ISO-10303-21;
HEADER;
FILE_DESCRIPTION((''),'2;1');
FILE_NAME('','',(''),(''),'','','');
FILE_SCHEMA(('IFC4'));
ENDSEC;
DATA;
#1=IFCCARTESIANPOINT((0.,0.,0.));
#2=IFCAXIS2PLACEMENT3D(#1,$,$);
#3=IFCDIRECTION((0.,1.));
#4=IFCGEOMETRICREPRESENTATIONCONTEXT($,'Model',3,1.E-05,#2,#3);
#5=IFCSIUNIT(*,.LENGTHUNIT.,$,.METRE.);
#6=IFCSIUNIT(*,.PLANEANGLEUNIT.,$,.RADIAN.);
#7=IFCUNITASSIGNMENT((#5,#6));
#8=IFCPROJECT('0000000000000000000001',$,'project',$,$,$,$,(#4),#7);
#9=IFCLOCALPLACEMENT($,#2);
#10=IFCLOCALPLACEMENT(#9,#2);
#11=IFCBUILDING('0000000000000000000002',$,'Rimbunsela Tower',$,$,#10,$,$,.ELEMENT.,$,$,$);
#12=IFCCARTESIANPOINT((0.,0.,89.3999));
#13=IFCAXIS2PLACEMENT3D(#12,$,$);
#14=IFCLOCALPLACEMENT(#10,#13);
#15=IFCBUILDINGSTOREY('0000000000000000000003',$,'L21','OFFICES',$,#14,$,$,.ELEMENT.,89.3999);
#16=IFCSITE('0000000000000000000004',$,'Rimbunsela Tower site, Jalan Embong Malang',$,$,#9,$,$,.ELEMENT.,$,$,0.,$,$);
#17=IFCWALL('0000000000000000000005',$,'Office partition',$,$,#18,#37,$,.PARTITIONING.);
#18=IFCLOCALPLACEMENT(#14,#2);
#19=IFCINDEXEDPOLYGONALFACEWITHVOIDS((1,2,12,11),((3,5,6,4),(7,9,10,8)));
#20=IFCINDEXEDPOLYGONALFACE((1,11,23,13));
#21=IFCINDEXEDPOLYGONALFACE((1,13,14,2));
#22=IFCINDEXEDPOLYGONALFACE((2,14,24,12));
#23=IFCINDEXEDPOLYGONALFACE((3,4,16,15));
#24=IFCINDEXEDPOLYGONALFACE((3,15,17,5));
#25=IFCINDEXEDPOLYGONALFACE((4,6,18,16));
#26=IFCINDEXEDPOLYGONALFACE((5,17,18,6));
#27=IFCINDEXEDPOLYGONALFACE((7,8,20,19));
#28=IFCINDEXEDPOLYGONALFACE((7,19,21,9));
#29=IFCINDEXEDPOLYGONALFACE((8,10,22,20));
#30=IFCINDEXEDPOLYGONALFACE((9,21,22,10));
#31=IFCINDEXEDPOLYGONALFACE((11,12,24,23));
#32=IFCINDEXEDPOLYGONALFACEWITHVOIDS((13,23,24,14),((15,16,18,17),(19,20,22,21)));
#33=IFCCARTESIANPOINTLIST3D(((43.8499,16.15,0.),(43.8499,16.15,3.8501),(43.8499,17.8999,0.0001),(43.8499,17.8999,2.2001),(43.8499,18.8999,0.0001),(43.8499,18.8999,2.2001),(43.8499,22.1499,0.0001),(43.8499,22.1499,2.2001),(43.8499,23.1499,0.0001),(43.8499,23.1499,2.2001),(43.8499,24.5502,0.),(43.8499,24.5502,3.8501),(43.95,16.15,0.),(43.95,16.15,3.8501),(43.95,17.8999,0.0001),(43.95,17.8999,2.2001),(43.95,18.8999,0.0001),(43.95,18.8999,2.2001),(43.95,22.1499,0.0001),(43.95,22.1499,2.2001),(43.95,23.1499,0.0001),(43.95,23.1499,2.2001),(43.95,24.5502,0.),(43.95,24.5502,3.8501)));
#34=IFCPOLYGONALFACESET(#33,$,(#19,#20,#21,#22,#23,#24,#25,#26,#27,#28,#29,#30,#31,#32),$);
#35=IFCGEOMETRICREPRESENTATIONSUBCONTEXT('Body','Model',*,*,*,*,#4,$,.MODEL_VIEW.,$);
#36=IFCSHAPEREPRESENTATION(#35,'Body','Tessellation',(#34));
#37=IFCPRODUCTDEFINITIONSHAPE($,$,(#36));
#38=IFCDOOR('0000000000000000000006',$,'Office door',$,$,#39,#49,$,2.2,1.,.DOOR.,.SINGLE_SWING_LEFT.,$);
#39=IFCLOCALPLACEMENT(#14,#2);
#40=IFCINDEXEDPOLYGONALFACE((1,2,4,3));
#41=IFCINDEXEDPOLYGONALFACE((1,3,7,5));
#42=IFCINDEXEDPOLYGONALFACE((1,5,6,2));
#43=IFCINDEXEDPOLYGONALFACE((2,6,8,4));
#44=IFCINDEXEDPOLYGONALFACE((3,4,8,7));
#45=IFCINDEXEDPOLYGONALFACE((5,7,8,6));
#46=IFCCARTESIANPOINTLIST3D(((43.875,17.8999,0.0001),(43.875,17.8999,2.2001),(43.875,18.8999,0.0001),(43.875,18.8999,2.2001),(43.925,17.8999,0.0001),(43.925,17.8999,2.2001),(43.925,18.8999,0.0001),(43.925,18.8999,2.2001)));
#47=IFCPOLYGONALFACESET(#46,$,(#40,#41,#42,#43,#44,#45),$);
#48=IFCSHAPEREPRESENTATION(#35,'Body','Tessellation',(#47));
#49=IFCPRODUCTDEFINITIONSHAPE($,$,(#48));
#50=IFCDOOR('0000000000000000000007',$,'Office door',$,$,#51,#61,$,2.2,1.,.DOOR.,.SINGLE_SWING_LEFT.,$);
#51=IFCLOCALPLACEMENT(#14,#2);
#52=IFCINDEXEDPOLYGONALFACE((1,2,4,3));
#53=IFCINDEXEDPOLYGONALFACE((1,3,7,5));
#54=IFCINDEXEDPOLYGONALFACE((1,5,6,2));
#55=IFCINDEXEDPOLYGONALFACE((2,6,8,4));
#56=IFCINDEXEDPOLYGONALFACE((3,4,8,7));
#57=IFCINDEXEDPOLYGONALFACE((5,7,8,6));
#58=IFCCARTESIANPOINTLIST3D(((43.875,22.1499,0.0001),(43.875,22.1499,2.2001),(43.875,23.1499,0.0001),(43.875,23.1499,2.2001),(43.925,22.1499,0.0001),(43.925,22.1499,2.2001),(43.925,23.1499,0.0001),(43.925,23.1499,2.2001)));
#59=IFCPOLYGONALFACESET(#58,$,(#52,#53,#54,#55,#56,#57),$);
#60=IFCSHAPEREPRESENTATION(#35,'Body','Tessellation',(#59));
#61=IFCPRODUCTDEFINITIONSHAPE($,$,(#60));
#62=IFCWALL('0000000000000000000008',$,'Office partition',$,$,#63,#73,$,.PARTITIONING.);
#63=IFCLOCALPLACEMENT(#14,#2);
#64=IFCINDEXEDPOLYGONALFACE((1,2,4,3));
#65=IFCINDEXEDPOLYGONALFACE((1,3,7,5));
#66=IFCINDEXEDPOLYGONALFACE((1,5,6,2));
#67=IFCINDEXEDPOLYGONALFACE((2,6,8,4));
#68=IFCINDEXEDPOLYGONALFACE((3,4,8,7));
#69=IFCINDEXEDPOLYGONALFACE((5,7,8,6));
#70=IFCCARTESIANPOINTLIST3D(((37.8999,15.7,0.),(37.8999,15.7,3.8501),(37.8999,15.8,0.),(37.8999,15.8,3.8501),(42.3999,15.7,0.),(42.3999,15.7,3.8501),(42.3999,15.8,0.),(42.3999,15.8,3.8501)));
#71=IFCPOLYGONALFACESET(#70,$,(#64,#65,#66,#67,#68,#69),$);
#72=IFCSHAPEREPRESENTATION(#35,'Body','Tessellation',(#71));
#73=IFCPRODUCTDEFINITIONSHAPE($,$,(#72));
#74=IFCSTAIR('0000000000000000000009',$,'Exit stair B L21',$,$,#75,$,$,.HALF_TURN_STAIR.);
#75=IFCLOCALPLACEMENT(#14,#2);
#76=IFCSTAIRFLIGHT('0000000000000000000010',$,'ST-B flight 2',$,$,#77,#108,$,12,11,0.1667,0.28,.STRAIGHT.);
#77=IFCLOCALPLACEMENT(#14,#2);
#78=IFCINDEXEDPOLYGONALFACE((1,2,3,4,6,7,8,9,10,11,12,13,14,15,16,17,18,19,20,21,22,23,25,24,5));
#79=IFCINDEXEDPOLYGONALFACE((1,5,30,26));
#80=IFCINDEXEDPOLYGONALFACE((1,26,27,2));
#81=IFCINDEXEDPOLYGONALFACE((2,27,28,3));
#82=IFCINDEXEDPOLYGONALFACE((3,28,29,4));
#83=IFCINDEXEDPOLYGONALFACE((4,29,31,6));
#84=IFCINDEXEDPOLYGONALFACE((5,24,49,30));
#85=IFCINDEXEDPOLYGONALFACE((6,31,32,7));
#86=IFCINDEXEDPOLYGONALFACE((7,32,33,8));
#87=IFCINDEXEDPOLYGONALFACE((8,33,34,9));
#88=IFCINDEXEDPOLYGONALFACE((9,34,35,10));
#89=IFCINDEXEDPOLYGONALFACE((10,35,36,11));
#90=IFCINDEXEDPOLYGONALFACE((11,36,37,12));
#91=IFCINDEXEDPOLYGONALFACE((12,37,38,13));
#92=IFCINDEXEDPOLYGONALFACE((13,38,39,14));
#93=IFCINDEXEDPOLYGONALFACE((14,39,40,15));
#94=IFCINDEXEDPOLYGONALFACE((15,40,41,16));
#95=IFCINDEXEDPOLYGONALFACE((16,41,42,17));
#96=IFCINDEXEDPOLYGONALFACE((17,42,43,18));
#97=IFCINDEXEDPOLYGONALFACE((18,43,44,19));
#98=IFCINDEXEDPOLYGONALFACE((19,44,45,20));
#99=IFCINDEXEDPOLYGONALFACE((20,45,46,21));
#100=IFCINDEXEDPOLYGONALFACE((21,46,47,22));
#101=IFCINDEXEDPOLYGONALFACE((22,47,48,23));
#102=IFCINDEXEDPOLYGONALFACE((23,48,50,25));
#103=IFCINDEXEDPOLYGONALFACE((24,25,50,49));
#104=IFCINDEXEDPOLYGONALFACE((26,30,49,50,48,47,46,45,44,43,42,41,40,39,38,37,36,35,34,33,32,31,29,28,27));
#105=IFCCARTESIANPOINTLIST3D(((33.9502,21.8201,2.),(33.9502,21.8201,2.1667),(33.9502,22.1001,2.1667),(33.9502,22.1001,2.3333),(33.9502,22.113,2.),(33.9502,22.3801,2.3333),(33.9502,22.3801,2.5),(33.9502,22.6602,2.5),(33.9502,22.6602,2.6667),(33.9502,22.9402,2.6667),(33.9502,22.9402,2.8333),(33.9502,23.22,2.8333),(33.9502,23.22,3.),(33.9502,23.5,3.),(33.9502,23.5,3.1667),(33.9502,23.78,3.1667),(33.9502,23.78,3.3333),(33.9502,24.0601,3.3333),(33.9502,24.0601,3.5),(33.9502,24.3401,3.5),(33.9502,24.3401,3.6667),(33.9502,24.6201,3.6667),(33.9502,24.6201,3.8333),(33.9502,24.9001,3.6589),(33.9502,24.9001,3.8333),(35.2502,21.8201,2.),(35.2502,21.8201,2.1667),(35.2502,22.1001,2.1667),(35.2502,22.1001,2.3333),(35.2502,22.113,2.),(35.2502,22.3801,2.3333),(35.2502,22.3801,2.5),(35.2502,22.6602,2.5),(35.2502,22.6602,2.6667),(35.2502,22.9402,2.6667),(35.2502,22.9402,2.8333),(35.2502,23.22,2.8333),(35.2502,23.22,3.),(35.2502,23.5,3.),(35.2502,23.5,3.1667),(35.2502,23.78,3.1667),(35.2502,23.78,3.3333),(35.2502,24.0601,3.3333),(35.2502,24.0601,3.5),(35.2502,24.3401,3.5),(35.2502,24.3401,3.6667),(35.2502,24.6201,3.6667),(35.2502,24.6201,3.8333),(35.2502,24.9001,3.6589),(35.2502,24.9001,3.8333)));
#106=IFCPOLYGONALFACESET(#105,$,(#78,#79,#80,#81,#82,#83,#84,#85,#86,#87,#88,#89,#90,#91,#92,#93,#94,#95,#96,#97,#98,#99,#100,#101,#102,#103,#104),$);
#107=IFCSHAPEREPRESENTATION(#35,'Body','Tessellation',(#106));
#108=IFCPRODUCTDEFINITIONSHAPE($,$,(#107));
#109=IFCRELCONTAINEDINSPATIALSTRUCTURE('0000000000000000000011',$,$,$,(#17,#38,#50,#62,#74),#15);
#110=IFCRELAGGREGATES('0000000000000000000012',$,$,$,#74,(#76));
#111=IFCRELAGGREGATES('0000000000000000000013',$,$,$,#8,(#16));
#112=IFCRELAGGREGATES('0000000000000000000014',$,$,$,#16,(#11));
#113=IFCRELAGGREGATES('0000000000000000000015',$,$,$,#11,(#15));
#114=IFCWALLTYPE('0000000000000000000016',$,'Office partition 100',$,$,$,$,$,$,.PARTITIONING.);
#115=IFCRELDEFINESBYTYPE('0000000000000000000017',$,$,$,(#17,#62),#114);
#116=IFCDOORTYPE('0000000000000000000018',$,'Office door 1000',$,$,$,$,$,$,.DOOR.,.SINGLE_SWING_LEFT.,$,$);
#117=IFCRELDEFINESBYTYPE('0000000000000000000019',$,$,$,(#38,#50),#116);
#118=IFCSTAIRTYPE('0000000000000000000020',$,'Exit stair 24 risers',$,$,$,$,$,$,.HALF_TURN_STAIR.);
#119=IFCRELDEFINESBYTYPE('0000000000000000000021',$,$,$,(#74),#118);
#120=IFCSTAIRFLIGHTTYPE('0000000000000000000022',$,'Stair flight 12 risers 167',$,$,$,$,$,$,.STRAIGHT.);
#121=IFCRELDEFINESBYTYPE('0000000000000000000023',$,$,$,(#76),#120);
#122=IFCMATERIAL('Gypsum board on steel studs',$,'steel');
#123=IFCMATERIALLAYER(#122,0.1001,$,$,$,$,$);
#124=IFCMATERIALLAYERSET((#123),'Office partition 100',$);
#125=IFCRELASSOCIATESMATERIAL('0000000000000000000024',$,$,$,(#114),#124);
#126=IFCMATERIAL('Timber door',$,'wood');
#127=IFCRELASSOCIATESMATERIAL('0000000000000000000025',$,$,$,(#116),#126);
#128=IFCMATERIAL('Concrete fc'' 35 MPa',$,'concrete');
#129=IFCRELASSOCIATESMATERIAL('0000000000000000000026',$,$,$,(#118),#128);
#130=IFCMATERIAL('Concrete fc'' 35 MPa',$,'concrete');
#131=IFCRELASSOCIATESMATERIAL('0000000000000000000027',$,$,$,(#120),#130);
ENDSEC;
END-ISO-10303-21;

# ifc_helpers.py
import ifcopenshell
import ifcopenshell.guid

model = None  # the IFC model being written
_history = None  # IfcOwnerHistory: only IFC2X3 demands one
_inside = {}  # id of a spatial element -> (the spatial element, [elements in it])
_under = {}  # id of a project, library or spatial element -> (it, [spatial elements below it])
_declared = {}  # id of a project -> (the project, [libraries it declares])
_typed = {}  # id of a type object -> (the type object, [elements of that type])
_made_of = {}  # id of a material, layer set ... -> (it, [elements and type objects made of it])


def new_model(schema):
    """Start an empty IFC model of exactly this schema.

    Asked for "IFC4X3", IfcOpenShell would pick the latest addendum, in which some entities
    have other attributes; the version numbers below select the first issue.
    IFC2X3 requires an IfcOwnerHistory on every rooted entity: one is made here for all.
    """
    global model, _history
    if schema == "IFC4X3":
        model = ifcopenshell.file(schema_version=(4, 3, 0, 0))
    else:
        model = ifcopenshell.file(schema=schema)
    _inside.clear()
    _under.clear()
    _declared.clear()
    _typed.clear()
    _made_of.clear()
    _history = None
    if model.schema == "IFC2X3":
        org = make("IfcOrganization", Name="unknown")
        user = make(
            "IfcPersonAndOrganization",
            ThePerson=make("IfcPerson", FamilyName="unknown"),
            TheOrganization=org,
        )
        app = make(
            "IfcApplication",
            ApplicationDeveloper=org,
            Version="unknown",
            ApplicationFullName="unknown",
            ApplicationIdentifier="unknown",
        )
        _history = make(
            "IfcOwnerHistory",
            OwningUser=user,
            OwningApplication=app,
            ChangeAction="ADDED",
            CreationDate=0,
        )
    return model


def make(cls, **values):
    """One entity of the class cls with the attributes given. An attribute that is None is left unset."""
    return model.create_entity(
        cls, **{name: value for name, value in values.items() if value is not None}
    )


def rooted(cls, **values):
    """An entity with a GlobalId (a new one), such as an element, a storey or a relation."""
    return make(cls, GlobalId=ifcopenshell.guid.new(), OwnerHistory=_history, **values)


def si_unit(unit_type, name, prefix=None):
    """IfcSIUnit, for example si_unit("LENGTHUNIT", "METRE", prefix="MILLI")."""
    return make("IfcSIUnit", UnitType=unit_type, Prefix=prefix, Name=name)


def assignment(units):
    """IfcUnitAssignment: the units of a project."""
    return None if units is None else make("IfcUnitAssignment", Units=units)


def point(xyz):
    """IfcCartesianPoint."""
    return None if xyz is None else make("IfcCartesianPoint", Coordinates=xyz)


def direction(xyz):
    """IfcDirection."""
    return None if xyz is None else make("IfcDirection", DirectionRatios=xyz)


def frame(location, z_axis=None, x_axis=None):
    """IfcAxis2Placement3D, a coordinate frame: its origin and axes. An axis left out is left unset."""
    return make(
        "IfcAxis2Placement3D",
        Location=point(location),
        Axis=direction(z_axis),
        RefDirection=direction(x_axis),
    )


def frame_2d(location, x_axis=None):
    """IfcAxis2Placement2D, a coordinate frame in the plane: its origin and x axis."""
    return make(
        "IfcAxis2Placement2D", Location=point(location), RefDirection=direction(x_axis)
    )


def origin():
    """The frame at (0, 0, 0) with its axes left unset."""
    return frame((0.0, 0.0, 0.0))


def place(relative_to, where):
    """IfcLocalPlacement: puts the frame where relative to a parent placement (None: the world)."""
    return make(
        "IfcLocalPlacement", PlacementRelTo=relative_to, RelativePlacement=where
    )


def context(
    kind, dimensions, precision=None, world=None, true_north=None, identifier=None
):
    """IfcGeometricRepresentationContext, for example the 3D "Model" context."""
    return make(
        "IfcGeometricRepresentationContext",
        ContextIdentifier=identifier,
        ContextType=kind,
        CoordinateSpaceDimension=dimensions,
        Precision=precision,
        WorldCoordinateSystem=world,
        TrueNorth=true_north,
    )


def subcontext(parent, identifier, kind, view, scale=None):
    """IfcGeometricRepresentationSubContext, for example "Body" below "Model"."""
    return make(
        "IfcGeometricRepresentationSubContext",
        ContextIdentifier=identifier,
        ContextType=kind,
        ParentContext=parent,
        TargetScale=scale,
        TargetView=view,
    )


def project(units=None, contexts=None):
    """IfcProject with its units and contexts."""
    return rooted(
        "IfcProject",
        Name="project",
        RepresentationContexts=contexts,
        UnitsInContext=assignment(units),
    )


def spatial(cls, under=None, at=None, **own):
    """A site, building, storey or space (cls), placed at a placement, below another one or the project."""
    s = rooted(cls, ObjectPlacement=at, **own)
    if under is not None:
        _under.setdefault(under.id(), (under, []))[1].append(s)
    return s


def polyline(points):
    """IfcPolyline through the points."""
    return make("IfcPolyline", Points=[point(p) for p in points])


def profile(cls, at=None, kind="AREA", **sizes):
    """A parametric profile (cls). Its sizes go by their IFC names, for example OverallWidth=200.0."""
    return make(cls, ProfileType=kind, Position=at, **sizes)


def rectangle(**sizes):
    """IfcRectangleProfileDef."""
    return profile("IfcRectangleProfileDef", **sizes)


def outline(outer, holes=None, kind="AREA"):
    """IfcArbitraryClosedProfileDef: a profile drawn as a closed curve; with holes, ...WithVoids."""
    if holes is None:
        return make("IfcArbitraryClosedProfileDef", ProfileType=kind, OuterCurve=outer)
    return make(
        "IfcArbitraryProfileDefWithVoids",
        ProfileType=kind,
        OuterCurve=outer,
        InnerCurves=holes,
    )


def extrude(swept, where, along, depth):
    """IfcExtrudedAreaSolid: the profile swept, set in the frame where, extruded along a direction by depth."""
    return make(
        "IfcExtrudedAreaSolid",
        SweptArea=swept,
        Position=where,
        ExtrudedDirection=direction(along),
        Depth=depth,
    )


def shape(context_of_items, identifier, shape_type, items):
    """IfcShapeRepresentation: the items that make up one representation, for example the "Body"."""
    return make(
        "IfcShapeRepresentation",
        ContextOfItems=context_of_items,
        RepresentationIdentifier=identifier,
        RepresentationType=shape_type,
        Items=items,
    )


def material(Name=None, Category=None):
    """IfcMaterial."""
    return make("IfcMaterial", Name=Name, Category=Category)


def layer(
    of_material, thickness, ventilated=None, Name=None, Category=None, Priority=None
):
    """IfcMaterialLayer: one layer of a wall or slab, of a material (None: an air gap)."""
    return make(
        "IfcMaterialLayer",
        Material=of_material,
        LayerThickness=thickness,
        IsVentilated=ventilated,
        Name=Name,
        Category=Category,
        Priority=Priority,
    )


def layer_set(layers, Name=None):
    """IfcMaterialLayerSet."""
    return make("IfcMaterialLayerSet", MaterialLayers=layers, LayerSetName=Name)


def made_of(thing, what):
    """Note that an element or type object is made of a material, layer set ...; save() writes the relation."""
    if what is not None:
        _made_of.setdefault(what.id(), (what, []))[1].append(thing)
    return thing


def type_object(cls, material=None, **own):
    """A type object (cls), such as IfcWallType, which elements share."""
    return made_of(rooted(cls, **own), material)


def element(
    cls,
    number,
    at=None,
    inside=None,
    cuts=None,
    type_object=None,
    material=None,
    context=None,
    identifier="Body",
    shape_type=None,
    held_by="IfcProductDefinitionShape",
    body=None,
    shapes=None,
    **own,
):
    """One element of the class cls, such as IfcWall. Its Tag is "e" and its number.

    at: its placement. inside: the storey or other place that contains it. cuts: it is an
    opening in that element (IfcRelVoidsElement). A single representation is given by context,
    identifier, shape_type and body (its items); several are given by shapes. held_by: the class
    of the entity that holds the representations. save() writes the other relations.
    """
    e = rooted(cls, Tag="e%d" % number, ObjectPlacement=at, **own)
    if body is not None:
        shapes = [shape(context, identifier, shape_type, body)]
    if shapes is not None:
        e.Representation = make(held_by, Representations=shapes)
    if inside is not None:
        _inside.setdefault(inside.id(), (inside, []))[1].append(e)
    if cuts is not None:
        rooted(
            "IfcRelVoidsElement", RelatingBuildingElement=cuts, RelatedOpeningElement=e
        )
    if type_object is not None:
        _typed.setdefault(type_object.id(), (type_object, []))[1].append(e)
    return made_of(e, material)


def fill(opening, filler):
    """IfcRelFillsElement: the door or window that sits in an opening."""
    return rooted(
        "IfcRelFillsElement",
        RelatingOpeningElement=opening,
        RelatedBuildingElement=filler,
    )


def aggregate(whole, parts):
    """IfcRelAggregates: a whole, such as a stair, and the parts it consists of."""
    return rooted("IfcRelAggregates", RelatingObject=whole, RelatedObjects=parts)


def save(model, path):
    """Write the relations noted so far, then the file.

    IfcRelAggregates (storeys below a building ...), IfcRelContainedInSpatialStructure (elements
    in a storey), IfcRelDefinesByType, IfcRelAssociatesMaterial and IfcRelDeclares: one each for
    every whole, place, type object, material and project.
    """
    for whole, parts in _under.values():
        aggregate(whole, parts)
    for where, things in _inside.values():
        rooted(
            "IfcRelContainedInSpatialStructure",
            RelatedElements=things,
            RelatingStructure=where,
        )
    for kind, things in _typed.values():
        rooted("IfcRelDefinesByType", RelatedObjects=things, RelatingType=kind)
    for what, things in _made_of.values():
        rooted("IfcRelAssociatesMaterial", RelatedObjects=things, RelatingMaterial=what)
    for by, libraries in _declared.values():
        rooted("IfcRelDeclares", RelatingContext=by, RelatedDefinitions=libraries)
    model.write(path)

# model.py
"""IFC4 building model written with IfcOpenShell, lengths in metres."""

from ifc_helpers import new_model, si_unit, direction, frame, frame_2d, origin, place, context, subcontext, project, spatial, polyline, rectangle, outline, extrude, material, layer, layer_set, type_object, element, fill, aggregate, save


model = new_model("IFC4")

# Units and contexts
model_context = context("Model", 3, precision=1e-05, world=origin(), true_north=direction((0.0, 1.0)))
body_context = subcontext(model_context, "Body", "Model", "MODEL_VIEW")
ifc_project = project(units=[si_unit("LENGTHUNIT", "METRE"), si_unit("PLANEANGLEUNIT", "RADIAN")], contexts=[model_context])

# Site, building, storey
site_placement = place(None, origin())
site = spatial("IfcSite", under=ifc_project, at=site_placement, Name="Rimbunsela Tower site, Jalan Embong Malang", CompositionType="ELEMENT", RefElevation=0.0)
building_placement = place(site_placement, origin())
building = spatial("IfcBuilding", under=site, at=building_placement, Name="Rimbunsela Tower", CompositionType="ELEMENT")
storey_placement = place(building_placement, frame((0.0, 0.0, 89.3999)))
storey = spatial("IfcBuildingStorey", under=building, at=storey_placement, Name="L21", Description="OFFICES", CompositionType="ELEMENT", Elevation=89.3999)

# Shared definitions
ifc_material_1 = material(Name="Gypsum board on steel studs", Category="steel")
ifc_layer_1 = layer(ifc_material_1, 0.1001)
ifc_layer_set_1 = layer_set([ifc_layer_1], Name="Office partition 100")
wall_type_1 = type_object("IfcWallType", Name="Office partition 100", PredefinedType="PARTITIONING", material=ifc_layer_set_1)

# Wall, openings, doors
wall_1_placement = place(storey_placement, frame((43.8999, 16.1499, 0.0), z_axis=(0.0, 0.0, 1.0), x_axis=(0.0, 1.0, 0.0)))
wall_1 = element("IfcWall", 1, at=wall_1_placement, inside=storey, type_object=wall_type_1, Name="Office partition", PredefinedType="PARTITIONING", context=body_context, shape_type="SweptSolid", body=[
    extrude(rectangle(XDim=8.4001, YDim=0.1001, at=frame_2d((4.2002, 0.0))), origin(), (0.0, 0.0, 1.0), 3.8501),
])
opening_1_placement = place(wall_1_placement, frame((1.75, 0.0, 0.0)))
opening_1 = element("IfcOpeningElement", 2, at=opening_1_placement, cuts=wall_1, PredefinedType="OPENING", context=body_context, shape_type="SweptSolid", body=[
    extrude(rectangle(XDim=1.0, YDim=2.2, at=frame_2d((0.5, 1.1001))), frame((0.0, 0.0601, 0.0), z_axis=(0.0, -1.0, 0.0), x_axis=(1.0, 0.0, 0.0)), (0.0, 0.0, 1.0), 0.1201),
])
opening_2_placement = place(wall_1_placement, frame((6.0, 0.0, 0.0)))
opening_2 = element("IfcOpeningElement", 3, at=opening_2_placement, cuts=wall_1, PredefinedType="OPENING", context=body_context, shape_type="SweptSolid", body=[
    extrude(rectangle(XDim=1.0, YDim=2.2, at=frame_2d((0.5, 1.1001))), frame((0.0, 0.0601, 0.0), z_axis=(0.0, -1.0, 0.0), x_axis=(1.0, 0.0, 0.0)), (0.0, 0.0, 1.0), 0.1201),
])
ifc_material_2 = material(Name="Timber door", Category="wood")
door_type_1 = type_object("IfcDoorType", Name="Office door 1000", OperationType="SINGLE_SWING_LEFT", PredefinedType="DOOR", material=ifc_material_2)
door_1_placement = place(opening_1_placement, origin())
door_1 = element("IfcDoor", 4, at=door_1_placement, inside=storey, type_object=door_type_1, Name="Office door", OperationType="SINGLE_SWING_LEFT", OverallHeight=2.2, OverallWidth=1.0, PredefinedType="DOOR", context=body_context, shape_type="SweptSolid", body=[
    extrude(rectangle(XDim=1.0, YDim=2.2, at=frame_2d((0.5, 1.1001))), frame((0.0, 0.0249, 0.0), z_axis=(0.0, -1.0, 0.0), x_axis=(1.0, 0.0, 0.0)), (0.0, 0.0, 1.0), 0.05),
])
fill(opening_1, door_1)
door_2_placement = place(opening_2_placement, origin())
door_2 = element("IfcDoor", 5, at=door_2_placement, inside=storey, type_object=door_type_1, Name="Office door", OperationType="SINGLE_SWING_LEFT", OverallHeight=2.2, OverallWidth=1.0, PredefinedType="DOOR", context=body_context, shape_type="SweptSolid", body=[
    extrude(rectangle(XDim=1.0, YDim=2.2, at=frame_2d((0.5, 1.1001))), frame((0.0, 0.0249, 0.0), z_axis=(0.0, -1.0, 0.0), x_axis=(1.0, 0.0, 0.0)), (0.0, 0.0, 1.0), 0.05),
])
fill(opening_2, door_2)

# Wall
wall_2_placement = place(storey_placement, frame((42.3999, 15.75, 0.0), z_axis=(0.0, 0.0, 1.0), x_axis=(-1.0, 0.0, 0.0)))
element("IfcWall", 6, at=wall_2_placement, inside=storey, type_object=wall_type_1, Name="Office partition", PredefinedType="PARTITIONING", context=body_context, shape_type="SweptSolid", body=[
    extrude(rectangle(XDim=4.5, YDim=0.1001, at=frame_2d((2.25, 0.0))), origin(), (0.0, 0.0, 1.0), 3.8501),
])

# Stair, stair flight
ifc_material_3 = material(Name="Concrete fc' 35 MPa", Category="concrete")
stair_type = type_object("IfcStairType", Name="Exit stair 24 risers", PredefinedType="HALF_TURN_STAIR", material=ifc_material_3)
stair_placement = place(storey_placement, origin())
stair = element("IfcStair", 7, at=stair_placement, inside=storey, type_object=stair_type, Name="Exit stair B L21", PredefinedType="HALF_TURN_STAIR")
ifc_material_4 = material(Name="Concrete fc' 35 MPa", Category="concrete")
stair_flight_type = type_object("IfcStairFlightType", Name="Stair flight 12 risers 167", PredefinedType="STRAIGHT", material=ifc_material_4)
stair_flight_placement = place(storey_placement, frame((34.6001, 21.8201, 2.0), z_axis=(0.0, 0.0, 1.0), x_axis=(0.0, 1.0, 0.0)))
stair_flight = element("IfcStairFlight", 8, at=stair_flight_placement, type_object=stair_flight_type, Name="ST-B flight 2", NumberOfRisers=12, NumberOfTreads=11, PredefinedType="STRAIGHT", RiserHeight=0.1667, TreadLength=0.28, context=body_context, shape_type="SweptSolid", body=[
    extrude(outline(polyline([(0.0, 0.0), (0.0, 0.1667), (0.28, 0.1667), (0.28, 0.3333), (0.5601, 0.3333), (0.5601, 0.5), (0.8401, 0.5), (0.8401, 0.6667), (1.1201, 0.6667), (1.1201, 0.8333), (1.3999, 0.8333), (1.3999, 1.0), (1.6799, 1.0), (1.6799, 1.1667), (1.96, 1.1667), (1.96, 1.3333), (2.24, 1.3333), (2.24, 1.5), (2.52, 1.5), (2.52, 1.6667), (2.8, 1.6667), (2.8, 1.8333), (3.0801, 1.8333), (3.0801, 2.0), (3.0801, 1.6589), (0.293, 0.0), (0.0, 0.0)])), frame((0.0, 0.6499, 0.0), z_axis=(0.0, -1.0, 0.0), x_axis=(1.0, 0.0, 0.0)), (0.0, 0.0, 1.0), 1.3),
])
aggregate(stair, [stair_flight])

save(model, "model.ifc")
